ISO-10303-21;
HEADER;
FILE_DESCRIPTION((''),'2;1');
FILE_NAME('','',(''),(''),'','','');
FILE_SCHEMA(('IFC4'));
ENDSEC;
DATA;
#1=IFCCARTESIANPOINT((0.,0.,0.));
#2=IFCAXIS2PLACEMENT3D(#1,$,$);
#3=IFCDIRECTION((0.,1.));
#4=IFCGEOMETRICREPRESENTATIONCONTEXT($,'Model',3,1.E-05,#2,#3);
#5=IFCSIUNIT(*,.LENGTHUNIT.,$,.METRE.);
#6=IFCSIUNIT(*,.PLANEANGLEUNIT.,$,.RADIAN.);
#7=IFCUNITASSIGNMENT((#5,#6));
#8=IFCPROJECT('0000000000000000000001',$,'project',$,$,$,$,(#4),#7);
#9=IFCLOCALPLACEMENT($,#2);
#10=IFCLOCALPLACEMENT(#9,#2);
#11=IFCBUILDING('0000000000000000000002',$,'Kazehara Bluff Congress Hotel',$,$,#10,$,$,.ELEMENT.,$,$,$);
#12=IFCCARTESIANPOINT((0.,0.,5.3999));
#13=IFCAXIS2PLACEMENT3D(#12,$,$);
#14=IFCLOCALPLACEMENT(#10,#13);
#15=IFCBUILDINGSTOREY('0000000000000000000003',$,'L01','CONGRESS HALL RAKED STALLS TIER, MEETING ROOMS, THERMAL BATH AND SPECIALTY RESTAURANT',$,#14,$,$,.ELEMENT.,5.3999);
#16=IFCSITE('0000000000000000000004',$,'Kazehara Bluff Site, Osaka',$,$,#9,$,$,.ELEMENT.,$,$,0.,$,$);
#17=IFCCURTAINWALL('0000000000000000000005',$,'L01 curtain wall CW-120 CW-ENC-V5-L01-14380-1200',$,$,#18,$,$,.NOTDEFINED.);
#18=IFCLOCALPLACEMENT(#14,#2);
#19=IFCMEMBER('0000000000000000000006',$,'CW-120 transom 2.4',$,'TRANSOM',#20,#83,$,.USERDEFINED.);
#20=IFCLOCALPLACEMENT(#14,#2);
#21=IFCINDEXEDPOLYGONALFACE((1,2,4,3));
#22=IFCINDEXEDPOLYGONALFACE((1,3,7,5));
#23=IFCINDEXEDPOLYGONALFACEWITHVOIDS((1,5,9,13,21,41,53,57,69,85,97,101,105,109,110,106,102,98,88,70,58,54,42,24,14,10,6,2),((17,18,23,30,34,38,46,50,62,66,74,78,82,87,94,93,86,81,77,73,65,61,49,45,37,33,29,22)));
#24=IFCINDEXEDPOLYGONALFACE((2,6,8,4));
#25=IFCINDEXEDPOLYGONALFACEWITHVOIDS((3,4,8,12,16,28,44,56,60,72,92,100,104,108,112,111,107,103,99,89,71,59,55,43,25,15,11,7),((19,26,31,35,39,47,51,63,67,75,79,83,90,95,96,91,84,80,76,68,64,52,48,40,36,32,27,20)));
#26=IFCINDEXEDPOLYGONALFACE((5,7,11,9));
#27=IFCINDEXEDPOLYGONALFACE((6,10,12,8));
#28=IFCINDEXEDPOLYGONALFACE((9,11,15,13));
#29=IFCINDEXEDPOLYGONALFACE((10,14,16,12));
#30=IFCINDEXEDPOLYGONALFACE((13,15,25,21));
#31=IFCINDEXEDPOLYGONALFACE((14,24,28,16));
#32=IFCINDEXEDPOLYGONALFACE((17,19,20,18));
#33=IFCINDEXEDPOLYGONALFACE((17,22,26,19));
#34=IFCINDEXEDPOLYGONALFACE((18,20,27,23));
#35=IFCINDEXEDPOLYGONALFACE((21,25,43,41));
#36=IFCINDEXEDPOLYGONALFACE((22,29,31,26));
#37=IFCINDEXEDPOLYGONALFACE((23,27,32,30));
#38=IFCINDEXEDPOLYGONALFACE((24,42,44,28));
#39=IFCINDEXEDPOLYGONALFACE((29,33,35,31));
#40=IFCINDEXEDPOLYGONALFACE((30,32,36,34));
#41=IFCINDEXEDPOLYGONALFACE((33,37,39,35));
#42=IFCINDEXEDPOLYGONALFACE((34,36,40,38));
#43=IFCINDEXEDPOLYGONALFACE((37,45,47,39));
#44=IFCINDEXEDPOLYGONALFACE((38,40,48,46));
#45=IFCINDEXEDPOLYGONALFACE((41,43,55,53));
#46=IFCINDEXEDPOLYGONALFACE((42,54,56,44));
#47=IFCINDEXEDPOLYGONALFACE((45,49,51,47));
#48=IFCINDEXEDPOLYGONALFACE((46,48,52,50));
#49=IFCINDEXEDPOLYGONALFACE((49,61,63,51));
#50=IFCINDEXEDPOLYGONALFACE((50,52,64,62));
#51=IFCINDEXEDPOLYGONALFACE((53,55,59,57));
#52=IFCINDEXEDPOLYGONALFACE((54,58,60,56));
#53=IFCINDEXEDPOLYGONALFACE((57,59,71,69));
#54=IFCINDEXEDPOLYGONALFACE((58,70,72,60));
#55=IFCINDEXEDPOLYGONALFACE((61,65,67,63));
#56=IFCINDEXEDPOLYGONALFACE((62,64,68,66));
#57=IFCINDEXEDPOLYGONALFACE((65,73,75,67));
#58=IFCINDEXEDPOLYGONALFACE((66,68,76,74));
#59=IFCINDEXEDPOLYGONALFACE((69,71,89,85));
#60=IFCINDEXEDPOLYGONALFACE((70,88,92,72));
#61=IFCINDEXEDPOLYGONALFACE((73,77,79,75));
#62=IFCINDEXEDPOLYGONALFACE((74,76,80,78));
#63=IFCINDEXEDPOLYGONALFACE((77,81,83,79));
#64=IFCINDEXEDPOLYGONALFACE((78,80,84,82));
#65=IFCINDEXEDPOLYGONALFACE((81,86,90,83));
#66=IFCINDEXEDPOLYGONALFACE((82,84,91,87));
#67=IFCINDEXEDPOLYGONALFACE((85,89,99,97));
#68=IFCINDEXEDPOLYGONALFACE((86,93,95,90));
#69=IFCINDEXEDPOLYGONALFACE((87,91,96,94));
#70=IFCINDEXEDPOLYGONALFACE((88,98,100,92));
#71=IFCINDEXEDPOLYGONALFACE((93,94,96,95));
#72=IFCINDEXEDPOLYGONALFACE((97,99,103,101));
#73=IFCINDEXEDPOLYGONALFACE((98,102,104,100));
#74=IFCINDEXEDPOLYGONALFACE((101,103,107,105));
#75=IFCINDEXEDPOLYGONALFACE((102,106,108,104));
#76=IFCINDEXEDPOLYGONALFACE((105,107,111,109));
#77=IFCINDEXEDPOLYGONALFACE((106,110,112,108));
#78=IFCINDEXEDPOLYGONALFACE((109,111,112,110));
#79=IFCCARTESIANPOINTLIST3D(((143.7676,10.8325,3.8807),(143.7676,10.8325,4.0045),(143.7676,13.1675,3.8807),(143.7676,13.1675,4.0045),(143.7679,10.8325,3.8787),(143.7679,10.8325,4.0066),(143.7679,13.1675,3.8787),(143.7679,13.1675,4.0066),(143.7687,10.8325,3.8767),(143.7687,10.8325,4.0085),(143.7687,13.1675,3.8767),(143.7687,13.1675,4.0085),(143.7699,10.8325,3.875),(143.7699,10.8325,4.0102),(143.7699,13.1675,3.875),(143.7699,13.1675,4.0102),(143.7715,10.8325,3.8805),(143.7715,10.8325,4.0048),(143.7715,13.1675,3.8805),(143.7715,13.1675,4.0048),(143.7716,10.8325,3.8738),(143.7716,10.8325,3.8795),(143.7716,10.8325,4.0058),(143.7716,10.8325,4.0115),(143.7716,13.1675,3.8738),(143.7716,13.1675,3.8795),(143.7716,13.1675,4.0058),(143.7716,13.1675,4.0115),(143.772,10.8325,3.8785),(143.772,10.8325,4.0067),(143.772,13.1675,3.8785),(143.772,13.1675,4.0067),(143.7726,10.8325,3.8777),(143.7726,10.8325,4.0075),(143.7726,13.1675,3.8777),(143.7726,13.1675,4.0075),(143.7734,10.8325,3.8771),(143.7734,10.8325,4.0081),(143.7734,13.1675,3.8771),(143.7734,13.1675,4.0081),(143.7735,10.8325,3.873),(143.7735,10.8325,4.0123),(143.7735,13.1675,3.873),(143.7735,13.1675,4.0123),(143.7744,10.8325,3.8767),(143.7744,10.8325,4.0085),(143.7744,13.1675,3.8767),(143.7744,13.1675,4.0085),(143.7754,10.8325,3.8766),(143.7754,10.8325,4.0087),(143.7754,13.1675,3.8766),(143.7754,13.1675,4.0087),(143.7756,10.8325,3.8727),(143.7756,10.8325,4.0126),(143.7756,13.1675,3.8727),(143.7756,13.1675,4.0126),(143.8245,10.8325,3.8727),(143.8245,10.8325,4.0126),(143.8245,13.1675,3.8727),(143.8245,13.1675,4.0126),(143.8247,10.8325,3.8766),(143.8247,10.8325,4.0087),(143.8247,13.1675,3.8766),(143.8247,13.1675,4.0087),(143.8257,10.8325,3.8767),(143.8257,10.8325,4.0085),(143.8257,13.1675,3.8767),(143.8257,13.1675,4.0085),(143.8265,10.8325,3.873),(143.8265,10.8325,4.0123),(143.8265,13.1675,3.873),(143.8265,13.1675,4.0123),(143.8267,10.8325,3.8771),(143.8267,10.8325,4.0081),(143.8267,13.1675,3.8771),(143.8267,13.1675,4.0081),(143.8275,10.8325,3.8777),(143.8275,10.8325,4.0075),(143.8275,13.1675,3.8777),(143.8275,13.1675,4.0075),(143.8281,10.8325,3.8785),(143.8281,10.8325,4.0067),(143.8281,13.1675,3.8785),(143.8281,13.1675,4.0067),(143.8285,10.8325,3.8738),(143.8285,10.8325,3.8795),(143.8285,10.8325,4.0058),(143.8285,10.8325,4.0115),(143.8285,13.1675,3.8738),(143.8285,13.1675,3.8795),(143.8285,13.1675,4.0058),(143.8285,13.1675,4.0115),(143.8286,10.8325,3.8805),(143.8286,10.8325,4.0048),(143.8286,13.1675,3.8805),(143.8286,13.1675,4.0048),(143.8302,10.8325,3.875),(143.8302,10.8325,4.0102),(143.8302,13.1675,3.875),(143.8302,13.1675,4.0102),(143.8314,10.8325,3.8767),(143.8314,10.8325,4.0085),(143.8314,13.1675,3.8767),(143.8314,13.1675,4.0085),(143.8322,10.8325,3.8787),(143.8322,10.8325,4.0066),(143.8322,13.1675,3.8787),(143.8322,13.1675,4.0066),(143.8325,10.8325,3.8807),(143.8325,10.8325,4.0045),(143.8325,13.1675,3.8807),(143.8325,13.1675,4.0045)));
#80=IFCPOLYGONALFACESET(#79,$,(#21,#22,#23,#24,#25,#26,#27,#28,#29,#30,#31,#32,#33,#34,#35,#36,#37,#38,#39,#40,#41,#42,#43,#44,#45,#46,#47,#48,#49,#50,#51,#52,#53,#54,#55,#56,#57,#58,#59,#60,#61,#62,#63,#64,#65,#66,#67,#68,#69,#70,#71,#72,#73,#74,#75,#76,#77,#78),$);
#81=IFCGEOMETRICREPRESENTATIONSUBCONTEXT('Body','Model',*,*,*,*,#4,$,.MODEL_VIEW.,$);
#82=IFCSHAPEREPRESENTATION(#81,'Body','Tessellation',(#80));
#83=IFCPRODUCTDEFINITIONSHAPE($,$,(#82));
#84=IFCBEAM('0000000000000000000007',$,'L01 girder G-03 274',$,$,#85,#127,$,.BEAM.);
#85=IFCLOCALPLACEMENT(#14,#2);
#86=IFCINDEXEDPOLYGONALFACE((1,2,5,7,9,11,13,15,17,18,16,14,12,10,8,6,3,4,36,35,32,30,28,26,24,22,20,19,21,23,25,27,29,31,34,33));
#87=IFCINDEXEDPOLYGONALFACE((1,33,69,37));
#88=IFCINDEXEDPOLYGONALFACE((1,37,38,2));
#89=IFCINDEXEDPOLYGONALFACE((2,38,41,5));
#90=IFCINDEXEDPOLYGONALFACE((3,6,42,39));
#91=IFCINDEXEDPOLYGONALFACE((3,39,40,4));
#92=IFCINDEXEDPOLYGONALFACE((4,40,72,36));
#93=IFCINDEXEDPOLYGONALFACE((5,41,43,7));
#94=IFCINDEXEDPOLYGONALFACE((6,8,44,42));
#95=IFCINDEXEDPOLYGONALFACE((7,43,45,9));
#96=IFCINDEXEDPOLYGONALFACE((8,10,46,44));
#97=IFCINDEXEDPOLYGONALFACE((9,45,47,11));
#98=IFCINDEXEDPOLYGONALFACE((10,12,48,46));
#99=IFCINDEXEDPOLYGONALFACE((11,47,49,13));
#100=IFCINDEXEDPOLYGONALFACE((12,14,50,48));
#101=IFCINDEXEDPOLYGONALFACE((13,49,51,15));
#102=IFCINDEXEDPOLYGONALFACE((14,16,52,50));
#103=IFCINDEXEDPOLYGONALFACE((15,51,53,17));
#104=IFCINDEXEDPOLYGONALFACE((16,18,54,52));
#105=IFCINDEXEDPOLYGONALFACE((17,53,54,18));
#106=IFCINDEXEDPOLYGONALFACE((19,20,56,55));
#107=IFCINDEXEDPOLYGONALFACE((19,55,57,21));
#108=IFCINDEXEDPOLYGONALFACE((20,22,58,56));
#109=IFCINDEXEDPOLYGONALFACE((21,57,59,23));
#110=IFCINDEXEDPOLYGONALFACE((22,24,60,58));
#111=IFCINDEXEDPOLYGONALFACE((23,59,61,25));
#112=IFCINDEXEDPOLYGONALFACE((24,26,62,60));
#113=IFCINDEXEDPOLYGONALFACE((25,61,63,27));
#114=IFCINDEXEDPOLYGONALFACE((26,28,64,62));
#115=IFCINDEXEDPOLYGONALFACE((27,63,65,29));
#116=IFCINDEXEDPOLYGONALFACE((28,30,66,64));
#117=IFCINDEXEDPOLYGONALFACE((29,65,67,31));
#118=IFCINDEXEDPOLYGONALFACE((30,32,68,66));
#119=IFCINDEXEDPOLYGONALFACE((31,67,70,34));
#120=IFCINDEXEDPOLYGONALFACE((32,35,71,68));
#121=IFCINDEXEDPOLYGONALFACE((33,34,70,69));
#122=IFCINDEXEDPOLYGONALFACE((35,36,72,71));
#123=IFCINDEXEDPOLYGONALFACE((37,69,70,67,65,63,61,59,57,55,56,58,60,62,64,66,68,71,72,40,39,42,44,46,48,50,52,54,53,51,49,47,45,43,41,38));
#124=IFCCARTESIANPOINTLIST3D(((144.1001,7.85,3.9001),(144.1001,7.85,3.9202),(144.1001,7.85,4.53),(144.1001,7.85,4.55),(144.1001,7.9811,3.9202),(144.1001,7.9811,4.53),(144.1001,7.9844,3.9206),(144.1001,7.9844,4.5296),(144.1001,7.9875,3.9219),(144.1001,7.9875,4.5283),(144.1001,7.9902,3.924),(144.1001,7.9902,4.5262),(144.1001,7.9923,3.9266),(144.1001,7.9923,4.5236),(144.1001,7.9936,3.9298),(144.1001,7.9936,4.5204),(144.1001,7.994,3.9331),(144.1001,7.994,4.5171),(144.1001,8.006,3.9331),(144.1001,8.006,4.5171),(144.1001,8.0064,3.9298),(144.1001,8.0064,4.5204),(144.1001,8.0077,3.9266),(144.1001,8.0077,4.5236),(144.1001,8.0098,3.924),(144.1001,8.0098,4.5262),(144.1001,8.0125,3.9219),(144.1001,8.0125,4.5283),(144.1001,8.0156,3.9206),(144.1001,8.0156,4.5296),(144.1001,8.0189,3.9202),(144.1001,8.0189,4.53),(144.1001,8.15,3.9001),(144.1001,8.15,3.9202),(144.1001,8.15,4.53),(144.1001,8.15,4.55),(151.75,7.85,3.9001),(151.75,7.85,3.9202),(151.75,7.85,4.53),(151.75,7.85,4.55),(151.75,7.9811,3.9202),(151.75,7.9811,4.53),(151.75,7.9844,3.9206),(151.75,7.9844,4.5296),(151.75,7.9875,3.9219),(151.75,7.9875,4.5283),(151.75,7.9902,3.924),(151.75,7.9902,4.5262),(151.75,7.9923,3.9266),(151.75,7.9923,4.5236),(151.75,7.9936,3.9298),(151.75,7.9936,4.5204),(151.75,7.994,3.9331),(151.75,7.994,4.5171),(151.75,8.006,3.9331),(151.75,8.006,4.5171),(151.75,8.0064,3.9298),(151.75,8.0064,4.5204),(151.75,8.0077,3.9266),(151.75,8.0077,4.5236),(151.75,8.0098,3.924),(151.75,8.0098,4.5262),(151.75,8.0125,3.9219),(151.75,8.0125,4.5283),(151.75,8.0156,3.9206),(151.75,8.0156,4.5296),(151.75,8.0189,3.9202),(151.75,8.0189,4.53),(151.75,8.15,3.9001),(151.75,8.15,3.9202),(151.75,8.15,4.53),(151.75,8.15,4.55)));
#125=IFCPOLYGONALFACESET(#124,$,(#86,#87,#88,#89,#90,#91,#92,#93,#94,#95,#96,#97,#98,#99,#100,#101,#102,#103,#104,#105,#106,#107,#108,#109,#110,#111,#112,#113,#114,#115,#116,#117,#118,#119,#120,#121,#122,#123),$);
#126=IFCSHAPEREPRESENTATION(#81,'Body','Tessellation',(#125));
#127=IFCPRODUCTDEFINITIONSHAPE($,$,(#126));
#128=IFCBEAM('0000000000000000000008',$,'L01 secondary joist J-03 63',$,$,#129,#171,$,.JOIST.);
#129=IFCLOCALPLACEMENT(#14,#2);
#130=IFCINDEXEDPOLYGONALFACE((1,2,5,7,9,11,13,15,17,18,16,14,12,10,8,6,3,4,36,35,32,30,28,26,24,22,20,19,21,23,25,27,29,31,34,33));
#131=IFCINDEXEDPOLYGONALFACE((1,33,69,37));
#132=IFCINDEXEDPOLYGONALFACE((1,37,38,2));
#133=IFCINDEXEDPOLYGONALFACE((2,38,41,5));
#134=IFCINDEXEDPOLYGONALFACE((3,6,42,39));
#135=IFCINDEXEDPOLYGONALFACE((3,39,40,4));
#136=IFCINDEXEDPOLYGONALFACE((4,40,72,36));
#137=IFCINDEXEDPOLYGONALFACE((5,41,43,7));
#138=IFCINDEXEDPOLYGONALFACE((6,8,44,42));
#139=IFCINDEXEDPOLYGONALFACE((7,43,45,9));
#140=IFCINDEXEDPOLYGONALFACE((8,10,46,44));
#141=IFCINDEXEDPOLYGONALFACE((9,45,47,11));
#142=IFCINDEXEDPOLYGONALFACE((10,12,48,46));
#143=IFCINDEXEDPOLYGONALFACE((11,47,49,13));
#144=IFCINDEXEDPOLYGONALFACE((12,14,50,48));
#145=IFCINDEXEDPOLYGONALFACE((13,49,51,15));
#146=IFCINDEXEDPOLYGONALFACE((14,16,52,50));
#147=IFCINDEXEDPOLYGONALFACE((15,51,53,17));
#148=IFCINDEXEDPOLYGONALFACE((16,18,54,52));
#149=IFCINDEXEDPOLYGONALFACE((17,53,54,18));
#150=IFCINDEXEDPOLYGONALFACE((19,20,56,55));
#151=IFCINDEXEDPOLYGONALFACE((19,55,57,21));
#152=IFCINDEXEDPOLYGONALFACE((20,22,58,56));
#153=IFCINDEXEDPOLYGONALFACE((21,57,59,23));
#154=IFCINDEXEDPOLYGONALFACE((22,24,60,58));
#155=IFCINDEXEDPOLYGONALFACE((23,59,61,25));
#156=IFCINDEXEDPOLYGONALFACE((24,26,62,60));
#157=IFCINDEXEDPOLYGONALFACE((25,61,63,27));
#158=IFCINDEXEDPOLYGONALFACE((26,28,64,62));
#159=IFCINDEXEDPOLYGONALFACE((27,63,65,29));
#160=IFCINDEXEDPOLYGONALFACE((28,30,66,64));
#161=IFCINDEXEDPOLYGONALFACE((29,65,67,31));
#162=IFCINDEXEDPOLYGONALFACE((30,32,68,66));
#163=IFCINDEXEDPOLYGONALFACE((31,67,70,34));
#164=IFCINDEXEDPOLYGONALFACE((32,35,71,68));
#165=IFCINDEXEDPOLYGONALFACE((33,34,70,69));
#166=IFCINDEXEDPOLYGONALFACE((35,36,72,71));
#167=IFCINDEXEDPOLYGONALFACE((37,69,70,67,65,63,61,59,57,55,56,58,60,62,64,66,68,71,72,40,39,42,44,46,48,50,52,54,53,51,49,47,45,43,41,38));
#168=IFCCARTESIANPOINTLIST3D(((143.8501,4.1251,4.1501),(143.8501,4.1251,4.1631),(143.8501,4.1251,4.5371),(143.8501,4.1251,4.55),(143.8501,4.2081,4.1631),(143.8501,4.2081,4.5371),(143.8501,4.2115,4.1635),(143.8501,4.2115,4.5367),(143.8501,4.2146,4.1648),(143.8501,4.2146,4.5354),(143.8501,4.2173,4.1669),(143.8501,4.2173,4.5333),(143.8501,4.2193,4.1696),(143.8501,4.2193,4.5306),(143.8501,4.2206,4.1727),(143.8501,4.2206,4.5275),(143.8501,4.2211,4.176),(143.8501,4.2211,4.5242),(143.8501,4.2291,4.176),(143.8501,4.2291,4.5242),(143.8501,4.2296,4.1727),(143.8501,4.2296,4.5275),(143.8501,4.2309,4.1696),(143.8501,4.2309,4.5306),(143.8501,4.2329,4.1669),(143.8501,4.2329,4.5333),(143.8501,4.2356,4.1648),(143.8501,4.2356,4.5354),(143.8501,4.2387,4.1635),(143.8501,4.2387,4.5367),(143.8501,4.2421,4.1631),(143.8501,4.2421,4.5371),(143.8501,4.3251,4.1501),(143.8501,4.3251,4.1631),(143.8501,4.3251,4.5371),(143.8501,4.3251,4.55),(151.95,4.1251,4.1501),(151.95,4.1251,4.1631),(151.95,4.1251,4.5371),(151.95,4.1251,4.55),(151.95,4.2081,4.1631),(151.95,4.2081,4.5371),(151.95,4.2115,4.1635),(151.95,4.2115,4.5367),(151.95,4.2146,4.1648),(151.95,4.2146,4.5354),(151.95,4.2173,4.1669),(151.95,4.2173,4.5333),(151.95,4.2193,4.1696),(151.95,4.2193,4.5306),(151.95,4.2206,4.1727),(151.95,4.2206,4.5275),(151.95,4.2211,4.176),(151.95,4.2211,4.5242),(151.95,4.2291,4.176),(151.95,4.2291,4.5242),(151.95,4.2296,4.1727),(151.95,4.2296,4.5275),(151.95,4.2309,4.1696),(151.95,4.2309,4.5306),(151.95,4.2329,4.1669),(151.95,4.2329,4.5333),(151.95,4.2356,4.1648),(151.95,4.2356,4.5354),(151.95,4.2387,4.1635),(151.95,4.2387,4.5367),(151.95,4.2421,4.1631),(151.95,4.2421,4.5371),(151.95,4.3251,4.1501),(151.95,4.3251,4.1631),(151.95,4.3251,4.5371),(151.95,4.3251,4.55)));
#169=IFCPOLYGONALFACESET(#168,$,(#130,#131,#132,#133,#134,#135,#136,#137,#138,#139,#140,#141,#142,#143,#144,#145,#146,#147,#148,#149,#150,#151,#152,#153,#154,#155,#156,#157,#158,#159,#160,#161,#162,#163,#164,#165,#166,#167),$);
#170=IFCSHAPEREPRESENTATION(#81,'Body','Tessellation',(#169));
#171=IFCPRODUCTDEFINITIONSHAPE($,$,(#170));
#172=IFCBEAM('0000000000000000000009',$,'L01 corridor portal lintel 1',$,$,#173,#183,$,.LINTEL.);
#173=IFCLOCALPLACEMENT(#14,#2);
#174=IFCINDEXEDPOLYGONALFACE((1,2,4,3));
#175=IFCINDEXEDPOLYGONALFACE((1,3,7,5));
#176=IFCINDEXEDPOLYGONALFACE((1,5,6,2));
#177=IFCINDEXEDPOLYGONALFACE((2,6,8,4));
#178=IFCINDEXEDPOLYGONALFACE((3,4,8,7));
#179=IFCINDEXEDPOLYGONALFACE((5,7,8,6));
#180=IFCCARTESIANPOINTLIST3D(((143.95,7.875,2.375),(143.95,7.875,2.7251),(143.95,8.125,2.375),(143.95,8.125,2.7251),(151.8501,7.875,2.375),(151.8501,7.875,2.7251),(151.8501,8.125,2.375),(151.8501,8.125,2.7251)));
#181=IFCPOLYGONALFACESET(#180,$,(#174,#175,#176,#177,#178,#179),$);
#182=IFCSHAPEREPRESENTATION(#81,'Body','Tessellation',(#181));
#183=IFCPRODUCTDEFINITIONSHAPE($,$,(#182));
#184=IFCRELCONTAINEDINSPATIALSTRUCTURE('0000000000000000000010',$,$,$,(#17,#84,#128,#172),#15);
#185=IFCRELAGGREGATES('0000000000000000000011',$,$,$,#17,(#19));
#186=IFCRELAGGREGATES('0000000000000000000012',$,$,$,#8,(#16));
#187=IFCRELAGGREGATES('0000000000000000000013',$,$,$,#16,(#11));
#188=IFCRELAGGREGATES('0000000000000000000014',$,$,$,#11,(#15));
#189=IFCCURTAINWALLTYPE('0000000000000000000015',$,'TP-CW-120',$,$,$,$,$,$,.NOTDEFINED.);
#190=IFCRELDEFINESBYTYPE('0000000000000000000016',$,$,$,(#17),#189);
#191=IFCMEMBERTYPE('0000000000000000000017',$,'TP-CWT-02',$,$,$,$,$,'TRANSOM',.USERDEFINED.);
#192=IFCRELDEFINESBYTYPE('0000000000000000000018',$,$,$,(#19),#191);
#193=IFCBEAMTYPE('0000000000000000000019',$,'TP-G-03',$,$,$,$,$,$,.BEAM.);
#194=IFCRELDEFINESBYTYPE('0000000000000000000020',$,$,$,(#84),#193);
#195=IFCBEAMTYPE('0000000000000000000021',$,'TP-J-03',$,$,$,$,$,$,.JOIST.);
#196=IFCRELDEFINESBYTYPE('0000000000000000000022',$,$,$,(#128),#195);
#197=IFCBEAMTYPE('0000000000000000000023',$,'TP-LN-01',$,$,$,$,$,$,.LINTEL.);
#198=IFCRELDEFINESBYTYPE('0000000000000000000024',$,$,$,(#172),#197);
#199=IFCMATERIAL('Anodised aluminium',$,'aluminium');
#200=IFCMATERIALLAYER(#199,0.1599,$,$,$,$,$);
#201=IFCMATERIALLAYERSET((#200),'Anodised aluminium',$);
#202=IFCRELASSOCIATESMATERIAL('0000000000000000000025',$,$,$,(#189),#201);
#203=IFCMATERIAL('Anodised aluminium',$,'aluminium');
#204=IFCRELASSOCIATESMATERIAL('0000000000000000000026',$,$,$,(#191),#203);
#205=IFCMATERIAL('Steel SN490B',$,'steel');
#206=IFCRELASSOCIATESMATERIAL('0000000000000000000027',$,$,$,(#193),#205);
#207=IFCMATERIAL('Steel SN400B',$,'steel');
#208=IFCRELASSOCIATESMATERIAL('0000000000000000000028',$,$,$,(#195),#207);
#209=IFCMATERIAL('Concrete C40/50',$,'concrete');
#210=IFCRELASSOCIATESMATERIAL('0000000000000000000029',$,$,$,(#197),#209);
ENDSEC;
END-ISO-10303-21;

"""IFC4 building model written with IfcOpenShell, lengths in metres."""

from ifc_helpers import new_model, si_unit, direction, frame, origin, origin_2d, place, context, subcontext, project, spatial, rectangle, hollow_rectangle, i_section, extrude, material, layer, layer_set, material_profile, profile_set, type_object, element, aggregate, save


model = new_model("IFC4")

# Units and contexts
model_context = context("Model", 3, precision=1e-05, world=origin(), true_north=direction((0.0, 1.0)))
body_context = subcontext(model_context, "Body", "Model", "MODEL_VIEW")
ifc_project = project(units=[si_unit("LENGTHUNIT", "METRE"), si_unit("PLANEANGLEUNIT", "RADIAN")], contexts=[model_context])

# Site, building, storey
site_placement = place(None, origin())
site = spatial("IfcSite", under=ifc_project, at=site_placement, Name="Kazehara Bluff Site, Osaka", CompositionType="ELEMENT", RefElevation=0.0)
building_placement = place(site_placement, origin())
building = spatial("IfcBuilding", under=site, at=building_placement, Name="Kazehara Bluff Congress Hotel", CompositionType="ELEMENT")
storey_placement = place(building_placement, frame((0.0, 0.0, 5.3999)))
storey = spatial("IfcBuildingStorey", under=building, at=storey_placement, Name="L01", Description="CONGRESS HALL RAKED STALLS TIER, MEETING ROOMS, THERMAL BATH AND SPECIALTY RESTAURANT", CompositionType="ELEMENT", Elevation=5.3999)

# Curtain wall
ifc_material_1 = material(Name="Anodised aluminium", Category="aluminium")
ifc_layer_1 = layer(ifc_material_1, 0.1599)
ifc_layer_set_1 = layer_set([ifc_layer_1], Name="Anodised aluminium")
curtain_wall_type_1 = type_object("IfcCurtainWallType", Name="TP-CW-120", PredefinedType="NOTDEFINED", material=ifc_layer_set_1)
curtain_wall_1_placement = place(storey_placement, origin())
curtain_wall_1 = element("IfcCurtainWall", 1, at=curtain_wall_1_placement, inside=storey, type_object=curtain_wall_type_1, Name="L01 curtain wall CW-120 CW-ENC-V5-L01-14380-1200", PredefinedType="NOTDEFINED")

# Member
ifc_material_2 = material(Name="Anodised aluminium", Category="aluminium")
ifc_material_profile_1 = material_profile(ifc_material_2, hollow_rectangle(XDim=0.0649, YDim=0.1399, WallThickness=0.0039, InnerFilletRadius=0.0039, OuterFilletRadius=0.0081, at=origin_2d()))
ifc_profile_set_1 = profile_set([ifc_material_profile_1], Name="Anodised aluminium")
member_type_1 = type_object("IfcMemberType", Name="TP-CWT-02", ElementType="TRANSOM", PredefinedType="USERDEFINED", material=ifc_profile_set_1)
member_1_placement = place(storey_placement, frame((143.8, 10.8325, 3.9426), z_axis=(0.0, 1.0, 0.0), x_axis=(-1.0, 0.0, 0.0)))
member_1 = element("IfcMember", 2, at=member_1_placement, type_object=member_type_1, Name="CW-120 transom 2.4", ObjectType="TRANSOM", PredefinedType="USERDEFINED", context=body_context, shape_type="SweptSolid", body=[
    extrude(hollow_rectangle(XDim=0.0649, YDim=0.1399, WallThickness=0.0039, InnerFilletRadius=0.0039, OuterFilletRadius=0.0081, at=origin_2d()), origin(), (0.0, 0.0, 1.0), 2.335),
])

# Beams
ifc_material_3 = material(Name="Steel SN490B", Category="steel")
ifc_material_profile_2 = material_profile(ifc_material_3, i_section(OverallWidth=0.3, OverallDepth=0.6499, WebThickness=0.012, FlangeThickness=0.02, FilletRadius=0.0129, at=origin_2d()))
ifc_profile_set_2 = profile_set([ifc_material_profile_2], Name="Steel SN490B")
beam_type_1 = type_object("IfcBeamType", Name="TP-G-03", PredefinedType="BEAM", material=ifc_profile_set_2)
beam_1_placement = place(storey_placement, frame((144.1001, 8.0, 4.2251), z_axis=(1.0, 0.0, 0.0), x_axis=(0.0, 1.0, 0.0)))
element("IfcBeam", 3, at=beam_1_placement, inside=storey, type_object=beam_type_1, Name="L01 girder G-03 274", PredefinedType="BEAM", context=body_context, shape_type="SweptSolid", body=[
    extrude(i_section(OverallWidth=0.3, OverallDepth=0.6499, WebThickness=0.012, FlangeThickness=0.02, FilletRadius=0.0129, at=origin_2d()), origin(), (0.0, 0.0, 1.0), 7.6499),
])
ifc_material_4 = material(Name="Steel SN400B", Category="steel")
ifc_material_profile_3 = material_profile(ifc_material_4, i_section(OverallWidth=0.2, OverallDepth=0.3999, WebThickness=0.0081, FlangeThickness=0.0129, FilletRadius=0.0129, at=origin_2d()))
ifc_profile_set_3 = profile_set([ifc_material_profile_3], Name="Steel SN400B")
beam_type_2 = type_object("IfcBeamType", Name="TP-J-03", PredefinedType="JOIST", material=ifc_profile_set_3)
beam_2_placement = place(storey_placement, frame((143.8501, 4.2251, 4.3501), z_axis=(1.0, 0.0, 0.0), x_axis=(0.0, 1.0, 0.0)))
element("IfcBeam", 4, at=beam_2_placement, inside=storey, type_object=beam_type_2, Name="L01 secondary joist J-03 63", PredefinedType="JOIST", context=body_context, shape_type="SweptSolid", body=[
    extrude(i_section(OverallWidth=0.2, OverallDepth=0.3999, WebThickness=0.0081, FlangeThickness=0.0129, FilletRadius=0.0129, at=origin_2d()), origin(), (0.0, 0.0, 1.0), 8.0999),
])
ifc_material_5 = material(Name="Concrete C40/50", Category="concrete")
ifc_material_profile_4 = material_profile(ifc_material_5, rectangle(XDim=0.25, YDim=0.3501, at=origin_2d()))
ifc_profile_set_4 = profile_set([ifc_material_profile_4], Name="Concrete C40/50")
beam_type_3 = type_object("IfcBeamType", Name="TP-LN-01", PredefinedType="LINTEL", material=ifc_profile_set_4)
beam_3_placement = place(storey_placement, frame((143.95, 8.0, 2.55), z_axis=(1.0, 0.0, 0.0), x_axis=(0.0, 1.0, 0.0)))
element("IfcBeam", 5, at=beam_3_placement, inside=storey, type_object=beam_type_3, Name="L01 corridor portal lintel 1", PredefinedType="LINTEL", context=body_context, shape_type="SweptSolid", body=[
    extrude(rectangle(XDim=0.25, YDim=0.3501, at=origin_2d()), origin(), (0.0, 0.0, 1.0), 7.9001),
])

aggregate(curtain_wall_1, [member_1])

save(model, "model.ifc")
